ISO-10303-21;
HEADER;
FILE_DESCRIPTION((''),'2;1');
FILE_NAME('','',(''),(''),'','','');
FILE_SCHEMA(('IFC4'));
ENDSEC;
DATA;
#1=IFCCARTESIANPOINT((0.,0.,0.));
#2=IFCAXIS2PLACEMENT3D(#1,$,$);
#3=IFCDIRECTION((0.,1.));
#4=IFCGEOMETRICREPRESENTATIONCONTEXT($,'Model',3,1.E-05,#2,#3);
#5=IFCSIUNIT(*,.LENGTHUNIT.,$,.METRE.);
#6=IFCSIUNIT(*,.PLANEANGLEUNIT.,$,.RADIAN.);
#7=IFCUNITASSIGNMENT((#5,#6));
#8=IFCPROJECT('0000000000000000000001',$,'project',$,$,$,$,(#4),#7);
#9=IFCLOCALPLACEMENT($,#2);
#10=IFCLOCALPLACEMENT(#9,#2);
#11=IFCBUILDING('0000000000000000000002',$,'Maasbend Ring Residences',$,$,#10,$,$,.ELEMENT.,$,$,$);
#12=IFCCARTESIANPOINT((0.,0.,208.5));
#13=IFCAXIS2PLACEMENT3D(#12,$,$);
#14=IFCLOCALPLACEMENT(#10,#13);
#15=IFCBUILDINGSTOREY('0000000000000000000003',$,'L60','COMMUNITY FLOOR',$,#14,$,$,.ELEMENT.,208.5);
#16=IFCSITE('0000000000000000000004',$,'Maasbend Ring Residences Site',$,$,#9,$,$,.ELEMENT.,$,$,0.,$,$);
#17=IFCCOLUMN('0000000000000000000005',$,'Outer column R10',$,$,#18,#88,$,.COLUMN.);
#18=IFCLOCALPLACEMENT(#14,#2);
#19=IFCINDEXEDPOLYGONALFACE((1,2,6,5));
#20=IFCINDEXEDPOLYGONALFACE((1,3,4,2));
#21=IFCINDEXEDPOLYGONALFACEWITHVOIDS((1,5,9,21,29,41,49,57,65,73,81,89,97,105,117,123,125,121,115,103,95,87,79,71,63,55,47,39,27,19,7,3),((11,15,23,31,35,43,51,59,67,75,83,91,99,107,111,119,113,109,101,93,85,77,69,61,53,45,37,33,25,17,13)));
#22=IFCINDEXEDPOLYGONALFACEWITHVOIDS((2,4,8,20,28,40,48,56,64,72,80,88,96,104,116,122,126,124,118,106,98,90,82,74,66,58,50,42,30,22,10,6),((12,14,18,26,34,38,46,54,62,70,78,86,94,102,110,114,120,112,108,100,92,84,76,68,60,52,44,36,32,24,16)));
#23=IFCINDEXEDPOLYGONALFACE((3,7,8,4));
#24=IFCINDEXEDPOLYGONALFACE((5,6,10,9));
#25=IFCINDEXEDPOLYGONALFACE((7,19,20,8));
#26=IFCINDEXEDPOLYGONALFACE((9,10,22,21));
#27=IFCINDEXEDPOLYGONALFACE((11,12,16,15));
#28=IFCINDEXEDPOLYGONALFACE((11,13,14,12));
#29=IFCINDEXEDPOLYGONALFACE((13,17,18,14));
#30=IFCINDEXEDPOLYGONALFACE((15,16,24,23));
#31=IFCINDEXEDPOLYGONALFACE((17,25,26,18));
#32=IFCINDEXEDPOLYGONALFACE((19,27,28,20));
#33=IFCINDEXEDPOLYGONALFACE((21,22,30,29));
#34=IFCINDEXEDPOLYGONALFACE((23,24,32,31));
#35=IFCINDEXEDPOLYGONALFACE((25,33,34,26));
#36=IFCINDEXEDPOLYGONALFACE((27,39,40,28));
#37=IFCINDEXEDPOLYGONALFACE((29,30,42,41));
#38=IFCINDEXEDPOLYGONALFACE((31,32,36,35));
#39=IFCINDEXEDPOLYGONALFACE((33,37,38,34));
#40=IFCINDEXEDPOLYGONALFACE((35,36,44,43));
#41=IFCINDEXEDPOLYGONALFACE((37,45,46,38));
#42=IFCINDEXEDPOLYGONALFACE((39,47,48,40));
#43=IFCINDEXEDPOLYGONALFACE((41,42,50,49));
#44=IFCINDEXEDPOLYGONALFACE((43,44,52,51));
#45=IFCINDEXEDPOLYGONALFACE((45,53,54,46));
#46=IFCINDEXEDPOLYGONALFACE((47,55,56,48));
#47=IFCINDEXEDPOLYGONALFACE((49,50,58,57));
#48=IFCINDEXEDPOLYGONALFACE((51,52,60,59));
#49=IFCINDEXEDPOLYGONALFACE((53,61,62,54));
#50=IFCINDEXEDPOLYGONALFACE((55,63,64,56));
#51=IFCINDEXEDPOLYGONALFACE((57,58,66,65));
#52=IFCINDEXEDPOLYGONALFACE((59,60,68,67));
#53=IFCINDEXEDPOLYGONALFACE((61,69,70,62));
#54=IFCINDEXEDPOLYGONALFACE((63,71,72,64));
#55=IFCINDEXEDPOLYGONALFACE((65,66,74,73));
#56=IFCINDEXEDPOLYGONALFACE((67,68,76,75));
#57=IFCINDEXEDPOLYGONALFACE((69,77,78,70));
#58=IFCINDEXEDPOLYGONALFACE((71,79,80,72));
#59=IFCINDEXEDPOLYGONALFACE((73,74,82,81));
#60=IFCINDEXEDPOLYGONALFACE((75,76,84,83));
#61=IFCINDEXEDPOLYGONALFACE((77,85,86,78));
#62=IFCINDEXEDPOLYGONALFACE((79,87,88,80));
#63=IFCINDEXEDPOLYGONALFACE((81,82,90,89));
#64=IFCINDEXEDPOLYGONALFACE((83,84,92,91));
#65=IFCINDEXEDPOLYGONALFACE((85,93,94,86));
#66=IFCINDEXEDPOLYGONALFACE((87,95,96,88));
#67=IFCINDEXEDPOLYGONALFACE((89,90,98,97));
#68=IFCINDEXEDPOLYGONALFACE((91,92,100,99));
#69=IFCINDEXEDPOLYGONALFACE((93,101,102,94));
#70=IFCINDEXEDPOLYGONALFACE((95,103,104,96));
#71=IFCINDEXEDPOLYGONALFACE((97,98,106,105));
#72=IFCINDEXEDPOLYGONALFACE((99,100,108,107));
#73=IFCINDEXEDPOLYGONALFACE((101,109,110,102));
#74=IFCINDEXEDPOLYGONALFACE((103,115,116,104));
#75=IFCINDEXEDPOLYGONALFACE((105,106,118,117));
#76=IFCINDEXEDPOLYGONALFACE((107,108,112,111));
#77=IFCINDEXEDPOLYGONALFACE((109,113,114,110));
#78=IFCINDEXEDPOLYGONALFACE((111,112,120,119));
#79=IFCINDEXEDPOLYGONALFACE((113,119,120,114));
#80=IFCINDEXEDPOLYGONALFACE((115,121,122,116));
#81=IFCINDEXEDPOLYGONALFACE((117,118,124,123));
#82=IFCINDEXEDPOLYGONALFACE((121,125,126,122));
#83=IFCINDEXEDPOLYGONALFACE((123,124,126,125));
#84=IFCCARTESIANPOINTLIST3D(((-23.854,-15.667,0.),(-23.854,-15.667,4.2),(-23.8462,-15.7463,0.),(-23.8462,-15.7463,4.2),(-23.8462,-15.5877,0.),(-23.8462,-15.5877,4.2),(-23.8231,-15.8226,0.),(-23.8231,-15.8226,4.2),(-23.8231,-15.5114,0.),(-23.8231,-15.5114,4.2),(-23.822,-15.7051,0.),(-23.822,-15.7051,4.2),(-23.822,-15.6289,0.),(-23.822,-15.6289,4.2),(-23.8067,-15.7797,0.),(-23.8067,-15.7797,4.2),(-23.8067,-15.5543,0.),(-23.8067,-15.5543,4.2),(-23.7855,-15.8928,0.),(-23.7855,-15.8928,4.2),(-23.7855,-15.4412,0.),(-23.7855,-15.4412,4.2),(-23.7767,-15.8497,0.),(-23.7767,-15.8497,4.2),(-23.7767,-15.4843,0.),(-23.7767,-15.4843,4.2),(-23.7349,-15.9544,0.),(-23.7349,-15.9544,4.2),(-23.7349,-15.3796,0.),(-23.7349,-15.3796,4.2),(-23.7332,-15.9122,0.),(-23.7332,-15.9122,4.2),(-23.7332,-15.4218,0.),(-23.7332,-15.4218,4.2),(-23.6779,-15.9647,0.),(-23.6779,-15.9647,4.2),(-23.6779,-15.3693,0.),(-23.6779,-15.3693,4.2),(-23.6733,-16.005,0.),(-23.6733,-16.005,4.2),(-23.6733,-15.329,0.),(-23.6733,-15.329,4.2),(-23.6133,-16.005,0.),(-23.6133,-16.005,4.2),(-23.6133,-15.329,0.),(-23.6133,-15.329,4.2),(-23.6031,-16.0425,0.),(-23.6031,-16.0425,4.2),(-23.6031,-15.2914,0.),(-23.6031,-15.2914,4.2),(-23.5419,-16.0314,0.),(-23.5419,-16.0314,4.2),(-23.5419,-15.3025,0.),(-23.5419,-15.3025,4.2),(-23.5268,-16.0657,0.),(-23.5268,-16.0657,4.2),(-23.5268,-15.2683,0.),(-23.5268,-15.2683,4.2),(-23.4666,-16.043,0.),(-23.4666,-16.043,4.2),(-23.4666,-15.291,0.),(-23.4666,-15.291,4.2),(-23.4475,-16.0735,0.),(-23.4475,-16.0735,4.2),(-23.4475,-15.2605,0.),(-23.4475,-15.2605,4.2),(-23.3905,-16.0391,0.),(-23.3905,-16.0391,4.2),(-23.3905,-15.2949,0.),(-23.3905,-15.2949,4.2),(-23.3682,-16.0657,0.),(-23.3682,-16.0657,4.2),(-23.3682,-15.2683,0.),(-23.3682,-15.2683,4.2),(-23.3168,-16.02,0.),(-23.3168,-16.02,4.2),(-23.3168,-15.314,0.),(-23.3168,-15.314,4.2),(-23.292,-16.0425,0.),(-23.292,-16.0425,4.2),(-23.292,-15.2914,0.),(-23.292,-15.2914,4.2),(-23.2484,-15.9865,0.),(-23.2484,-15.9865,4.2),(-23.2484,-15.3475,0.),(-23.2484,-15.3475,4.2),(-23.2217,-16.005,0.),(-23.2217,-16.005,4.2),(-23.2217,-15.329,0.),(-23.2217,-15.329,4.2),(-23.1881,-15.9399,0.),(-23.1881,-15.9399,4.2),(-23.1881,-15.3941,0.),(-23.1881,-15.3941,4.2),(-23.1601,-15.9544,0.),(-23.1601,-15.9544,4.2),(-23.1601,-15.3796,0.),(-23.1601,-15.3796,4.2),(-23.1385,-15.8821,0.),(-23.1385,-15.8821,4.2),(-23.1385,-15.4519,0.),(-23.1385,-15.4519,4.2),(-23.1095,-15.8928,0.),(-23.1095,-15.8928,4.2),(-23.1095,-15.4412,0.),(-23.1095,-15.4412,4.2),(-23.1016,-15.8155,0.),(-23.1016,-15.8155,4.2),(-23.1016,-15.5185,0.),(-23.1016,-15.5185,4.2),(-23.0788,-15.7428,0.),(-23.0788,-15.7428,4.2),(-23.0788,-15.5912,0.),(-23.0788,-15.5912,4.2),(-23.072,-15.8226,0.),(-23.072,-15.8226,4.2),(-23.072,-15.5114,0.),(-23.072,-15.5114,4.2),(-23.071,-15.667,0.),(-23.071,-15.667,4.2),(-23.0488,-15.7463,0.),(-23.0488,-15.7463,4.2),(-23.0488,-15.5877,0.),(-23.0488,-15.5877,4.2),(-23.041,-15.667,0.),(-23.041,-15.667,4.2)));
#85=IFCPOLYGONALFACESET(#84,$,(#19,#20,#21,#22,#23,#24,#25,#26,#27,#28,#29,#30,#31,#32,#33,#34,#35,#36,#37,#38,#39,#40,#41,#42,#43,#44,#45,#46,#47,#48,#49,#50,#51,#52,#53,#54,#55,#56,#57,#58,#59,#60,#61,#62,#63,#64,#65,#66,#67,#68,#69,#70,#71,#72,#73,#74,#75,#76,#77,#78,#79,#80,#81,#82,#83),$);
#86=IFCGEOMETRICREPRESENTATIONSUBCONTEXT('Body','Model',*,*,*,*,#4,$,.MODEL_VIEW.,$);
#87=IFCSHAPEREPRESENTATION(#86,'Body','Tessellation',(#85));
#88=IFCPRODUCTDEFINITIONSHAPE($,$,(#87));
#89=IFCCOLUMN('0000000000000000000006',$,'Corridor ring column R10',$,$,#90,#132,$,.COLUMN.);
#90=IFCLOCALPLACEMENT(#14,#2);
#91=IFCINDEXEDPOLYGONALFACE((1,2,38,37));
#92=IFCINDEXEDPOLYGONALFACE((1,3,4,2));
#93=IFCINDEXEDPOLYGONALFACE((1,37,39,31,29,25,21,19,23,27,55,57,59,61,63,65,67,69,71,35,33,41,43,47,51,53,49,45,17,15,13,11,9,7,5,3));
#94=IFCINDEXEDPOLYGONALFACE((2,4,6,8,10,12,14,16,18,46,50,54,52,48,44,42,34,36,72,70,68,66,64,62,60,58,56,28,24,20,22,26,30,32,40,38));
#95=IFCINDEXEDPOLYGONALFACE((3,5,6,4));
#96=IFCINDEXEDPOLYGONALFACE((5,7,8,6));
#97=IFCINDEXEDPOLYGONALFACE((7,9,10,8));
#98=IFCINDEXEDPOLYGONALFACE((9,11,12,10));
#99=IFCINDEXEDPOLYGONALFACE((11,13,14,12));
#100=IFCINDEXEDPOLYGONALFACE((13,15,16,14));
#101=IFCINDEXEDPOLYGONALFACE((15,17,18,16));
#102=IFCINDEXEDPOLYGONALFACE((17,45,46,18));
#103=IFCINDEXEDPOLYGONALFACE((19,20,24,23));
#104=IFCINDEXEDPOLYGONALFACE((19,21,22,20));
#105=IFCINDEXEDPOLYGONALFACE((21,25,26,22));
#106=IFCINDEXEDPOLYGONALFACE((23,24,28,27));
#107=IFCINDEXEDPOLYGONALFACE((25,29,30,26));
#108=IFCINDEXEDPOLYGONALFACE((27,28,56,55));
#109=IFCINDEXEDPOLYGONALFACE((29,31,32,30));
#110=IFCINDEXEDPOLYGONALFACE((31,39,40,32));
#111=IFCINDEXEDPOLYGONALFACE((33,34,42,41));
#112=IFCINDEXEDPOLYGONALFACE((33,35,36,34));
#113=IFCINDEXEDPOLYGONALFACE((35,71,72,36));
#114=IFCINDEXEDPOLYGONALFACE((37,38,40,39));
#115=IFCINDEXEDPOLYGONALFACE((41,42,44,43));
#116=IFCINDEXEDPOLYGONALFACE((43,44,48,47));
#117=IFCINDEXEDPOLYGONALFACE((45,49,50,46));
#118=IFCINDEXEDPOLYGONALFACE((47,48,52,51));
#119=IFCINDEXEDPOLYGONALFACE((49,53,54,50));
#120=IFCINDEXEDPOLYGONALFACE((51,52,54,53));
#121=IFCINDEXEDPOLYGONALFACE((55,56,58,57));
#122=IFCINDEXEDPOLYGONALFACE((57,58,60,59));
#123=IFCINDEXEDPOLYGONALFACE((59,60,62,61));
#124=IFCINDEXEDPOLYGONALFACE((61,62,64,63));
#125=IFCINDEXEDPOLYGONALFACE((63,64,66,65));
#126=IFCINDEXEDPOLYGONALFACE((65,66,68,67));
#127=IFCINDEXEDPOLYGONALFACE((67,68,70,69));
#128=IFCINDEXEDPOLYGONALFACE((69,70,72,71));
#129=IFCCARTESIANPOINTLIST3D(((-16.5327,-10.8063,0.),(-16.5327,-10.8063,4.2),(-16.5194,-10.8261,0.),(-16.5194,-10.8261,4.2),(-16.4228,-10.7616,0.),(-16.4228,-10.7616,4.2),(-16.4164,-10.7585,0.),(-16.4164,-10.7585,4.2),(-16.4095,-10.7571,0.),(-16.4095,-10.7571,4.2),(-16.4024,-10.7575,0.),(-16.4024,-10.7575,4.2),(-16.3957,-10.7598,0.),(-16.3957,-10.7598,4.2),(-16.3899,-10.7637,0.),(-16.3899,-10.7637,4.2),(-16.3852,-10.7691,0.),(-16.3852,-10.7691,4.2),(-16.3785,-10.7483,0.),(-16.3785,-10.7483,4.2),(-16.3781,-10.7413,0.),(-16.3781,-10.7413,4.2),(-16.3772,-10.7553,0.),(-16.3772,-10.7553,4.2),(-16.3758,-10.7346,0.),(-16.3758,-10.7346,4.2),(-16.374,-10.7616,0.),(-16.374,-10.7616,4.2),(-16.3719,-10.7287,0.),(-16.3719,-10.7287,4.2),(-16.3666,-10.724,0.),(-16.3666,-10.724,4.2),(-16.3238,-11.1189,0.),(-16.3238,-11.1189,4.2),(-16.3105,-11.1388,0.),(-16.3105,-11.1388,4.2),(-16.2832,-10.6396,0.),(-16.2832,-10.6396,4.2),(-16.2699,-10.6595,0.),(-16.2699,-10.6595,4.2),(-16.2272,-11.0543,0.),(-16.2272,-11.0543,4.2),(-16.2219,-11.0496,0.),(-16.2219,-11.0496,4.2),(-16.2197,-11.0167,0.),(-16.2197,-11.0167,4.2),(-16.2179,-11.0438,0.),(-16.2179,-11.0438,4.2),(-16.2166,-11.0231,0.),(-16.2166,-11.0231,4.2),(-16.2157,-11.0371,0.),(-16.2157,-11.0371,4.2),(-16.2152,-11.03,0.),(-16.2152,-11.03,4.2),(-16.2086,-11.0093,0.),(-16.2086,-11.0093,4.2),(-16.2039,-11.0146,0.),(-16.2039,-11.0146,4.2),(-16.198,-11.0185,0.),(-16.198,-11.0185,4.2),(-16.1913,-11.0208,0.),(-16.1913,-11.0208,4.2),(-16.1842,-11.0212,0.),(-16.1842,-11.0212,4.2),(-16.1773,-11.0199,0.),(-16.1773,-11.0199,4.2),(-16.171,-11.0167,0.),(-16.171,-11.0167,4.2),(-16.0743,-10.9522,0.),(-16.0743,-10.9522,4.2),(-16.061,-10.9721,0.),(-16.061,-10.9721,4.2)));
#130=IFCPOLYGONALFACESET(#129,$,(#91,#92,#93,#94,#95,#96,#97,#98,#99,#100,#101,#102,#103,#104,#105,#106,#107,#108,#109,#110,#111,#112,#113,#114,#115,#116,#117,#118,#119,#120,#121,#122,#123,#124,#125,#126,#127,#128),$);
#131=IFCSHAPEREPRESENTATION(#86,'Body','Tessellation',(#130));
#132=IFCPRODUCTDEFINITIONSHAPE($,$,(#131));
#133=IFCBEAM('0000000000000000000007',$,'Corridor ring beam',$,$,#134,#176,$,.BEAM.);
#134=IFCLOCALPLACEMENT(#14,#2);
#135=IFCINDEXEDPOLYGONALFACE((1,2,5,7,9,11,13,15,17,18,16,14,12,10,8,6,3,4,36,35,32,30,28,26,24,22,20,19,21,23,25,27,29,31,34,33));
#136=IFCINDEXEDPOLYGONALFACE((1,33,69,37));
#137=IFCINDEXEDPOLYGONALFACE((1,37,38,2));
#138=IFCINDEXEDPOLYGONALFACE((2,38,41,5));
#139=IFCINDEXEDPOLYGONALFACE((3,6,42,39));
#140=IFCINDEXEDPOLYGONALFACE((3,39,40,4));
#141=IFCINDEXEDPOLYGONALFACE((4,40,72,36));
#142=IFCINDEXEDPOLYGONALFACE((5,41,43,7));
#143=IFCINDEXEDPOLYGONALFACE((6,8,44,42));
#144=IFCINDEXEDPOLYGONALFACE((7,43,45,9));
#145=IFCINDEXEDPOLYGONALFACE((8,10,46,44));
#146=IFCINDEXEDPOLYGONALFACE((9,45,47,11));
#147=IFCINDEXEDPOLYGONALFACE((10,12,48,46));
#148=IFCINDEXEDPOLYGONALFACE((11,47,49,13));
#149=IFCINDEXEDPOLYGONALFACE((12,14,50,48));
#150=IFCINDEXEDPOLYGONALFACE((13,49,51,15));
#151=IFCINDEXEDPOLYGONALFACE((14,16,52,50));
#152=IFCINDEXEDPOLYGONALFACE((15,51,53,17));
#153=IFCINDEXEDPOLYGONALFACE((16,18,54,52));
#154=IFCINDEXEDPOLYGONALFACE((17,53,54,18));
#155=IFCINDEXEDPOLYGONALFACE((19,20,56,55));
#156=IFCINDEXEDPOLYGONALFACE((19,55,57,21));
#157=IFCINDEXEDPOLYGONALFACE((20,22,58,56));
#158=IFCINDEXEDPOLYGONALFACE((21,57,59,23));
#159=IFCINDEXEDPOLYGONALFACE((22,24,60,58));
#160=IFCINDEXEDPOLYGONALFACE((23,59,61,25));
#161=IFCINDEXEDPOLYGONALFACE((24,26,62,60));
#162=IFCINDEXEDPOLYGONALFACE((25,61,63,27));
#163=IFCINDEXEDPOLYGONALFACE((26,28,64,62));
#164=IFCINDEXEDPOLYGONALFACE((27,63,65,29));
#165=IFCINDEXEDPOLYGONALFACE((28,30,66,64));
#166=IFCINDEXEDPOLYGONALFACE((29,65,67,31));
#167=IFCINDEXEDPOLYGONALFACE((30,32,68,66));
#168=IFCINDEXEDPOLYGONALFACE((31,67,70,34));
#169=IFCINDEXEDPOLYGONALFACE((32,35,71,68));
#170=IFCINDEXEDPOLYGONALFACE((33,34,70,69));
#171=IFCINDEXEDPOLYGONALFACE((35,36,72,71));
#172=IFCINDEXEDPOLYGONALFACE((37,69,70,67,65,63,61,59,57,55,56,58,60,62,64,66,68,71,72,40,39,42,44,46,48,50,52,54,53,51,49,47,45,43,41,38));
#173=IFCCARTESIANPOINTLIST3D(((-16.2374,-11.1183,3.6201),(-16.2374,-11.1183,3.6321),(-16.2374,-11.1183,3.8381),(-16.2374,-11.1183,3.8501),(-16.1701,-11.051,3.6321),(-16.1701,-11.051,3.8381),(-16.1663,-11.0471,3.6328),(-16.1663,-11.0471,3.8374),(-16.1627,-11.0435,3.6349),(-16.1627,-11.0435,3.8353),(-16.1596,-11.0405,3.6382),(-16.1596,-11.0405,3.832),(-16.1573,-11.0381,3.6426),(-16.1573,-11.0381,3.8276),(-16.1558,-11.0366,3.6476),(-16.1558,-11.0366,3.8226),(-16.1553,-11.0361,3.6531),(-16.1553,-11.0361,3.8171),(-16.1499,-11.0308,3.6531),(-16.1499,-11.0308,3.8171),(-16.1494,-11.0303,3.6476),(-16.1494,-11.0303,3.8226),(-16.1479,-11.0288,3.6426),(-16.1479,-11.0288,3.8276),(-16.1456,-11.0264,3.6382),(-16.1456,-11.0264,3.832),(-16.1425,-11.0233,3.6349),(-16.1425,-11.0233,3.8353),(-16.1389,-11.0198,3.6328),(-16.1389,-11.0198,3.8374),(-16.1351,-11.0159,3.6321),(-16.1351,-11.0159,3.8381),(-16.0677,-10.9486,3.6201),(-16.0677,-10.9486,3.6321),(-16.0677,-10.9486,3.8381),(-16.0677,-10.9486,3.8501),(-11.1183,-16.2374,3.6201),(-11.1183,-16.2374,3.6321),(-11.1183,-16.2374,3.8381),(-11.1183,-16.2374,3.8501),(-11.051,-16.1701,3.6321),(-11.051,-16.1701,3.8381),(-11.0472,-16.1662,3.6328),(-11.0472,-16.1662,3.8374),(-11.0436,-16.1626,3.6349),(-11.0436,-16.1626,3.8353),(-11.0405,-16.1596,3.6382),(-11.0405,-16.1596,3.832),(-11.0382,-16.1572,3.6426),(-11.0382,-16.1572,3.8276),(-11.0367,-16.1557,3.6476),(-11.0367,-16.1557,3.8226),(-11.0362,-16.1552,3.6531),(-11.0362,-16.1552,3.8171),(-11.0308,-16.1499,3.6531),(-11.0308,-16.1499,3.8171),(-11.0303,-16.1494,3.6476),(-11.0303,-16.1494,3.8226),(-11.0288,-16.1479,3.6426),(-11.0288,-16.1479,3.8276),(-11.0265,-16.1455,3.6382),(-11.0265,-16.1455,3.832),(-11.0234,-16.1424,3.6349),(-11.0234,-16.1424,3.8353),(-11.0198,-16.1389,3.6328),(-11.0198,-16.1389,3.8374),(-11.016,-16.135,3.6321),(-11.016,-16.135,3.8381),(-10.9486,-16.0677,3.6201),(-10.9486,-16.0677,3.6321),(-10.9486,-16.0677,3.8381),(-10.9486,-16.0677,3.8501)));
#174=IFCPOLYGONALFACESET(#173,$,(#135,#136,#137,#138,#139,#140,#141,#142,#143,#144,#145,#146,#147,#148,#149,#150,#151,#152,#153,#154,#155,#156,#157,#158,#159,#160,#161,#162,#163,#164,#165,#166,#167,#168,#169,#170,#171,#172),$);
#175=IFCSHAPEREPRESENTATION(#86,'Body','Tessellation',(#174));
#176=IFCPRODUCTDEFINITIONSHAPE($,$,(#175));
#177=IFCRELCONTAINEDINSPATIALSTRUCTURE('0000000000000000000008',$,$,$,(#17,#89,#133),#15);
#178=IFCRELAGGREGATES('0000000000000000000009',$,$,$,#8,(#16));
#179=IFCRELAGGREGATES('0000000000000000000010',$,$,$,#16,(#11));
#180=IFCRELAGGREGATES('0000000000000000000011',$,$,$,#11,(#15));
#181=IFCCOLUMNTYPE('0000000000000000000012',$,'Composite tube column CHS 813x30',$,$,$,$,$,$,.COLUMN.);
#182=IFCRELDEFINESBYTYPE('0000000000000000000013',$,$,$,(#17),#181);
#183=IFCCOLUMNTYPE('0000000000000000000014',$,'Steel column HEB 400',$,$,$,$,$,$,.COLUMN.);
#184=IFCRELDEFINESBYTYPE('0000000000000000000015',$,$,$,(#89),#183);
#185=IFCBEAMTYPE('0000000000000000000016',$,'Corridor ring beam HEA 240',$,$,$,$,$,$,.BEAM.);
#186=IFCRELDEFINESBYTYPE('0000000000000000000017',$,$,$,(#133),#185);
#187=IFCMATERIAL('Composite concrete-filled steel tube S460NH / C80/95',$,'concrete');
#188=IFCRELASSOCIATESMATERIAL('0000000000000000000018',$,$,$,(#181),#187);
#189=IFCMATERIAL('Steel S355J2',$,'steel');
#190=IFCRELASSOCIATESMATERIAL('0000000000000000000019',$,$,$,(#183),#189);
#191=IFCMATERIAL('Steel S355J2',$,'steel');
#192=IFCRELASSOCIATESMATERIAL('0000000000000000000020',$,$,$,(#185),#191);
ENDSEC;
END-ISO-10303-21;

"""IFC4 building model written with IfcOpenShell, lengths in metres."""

from ifc_helpers import new_model, si_unit, direction, frame, origin, origin_2d, place, context, subcontext, project, spatial, hollow_circle, i_section, extrude, material, material_profile, profile_set, type_object, element, save


model = new_model("IFC4")

# Units and contexts
model_context = context("Model", 3, precision=1e-05, world=origin(), true_north=direction((0.0, 1.0)))
body_context = subcontext(model_context, "Body", "Model", "MODEL_VIEW")
ifc_project = project(units=[si_unit("LENGTHUNIT", "METRE"), si_unit("PLANEANGLEUNIT", "RADIAN")], contexts=[model_context])

# Site, building, storey
site_placement = place(None, origin())
site = spatial("IfcSite", under=ifc_project, at=site_placement, Name="Maasbend Ring Residences Site", CompositionType="ELEMENT", RefElevation=0.0)
building_placement = place(site_placement, origin())
building = spatial("IfcBuilding", under=site, at=building_placement, Name="Maasbend Ring Residences", CompositionType="ELEMENT")
storey_placement = place(building_placement, frame((0.0, 0.0, 208.5)))
storey = spatial("IfcBuildingStorey", under=building, at=storey_placement, Name="L60", Description="COMMUNITY FLOOR", CompositionType="ELEMENT", Elevation=208.5)

# Columns
ifc_material_1 = material(Name="Composite concrete-filled steel tube S460NH / C80/95", Category="concrete")
ifc_material_profile_1 = material_profile(ifc_material_1, hollow_circle(Radius=0.4065, WallThickness=0.03, at=origin_2d()), Name="Composite tube column CHS 813x30")
ifc_profile_set_1 = profile_set([ifc_material_profile_1], Name="Composite concrete-filled steel tube S460NH / C80/95")
column_type_1 = type_object("IfcColumnType", Name="Composite tube column CHS 813x30", PredefinedType="COLUMN", material=ifc_profile_set_1)
column_1_placement = place(storey_placement, frame((-23.4475, -15.667, 0.0), z_axis=(0.0, 0.0, 1.0), x_axis=(1.0, 0.0, 0.0)))
element("IfcColumn", 1, at=column_1_placement, inside=storey, type_object=column_type_1, Name="Outer column R10", PredefinedType="COLUMN", context=body_context, shape_type="SweptSolid", body=[
    extrude(hollow_circle(Radius=0.4065, WallThickness=0.03, at=origin_2d()), origin(), (0.0, 0.0, 1.0), 4.2),
])
ifc_material_2 = material(Name="Steel S355J2", Category="steel")
ifc_material_profile_2 = material_profile(ifc_material_2, i_section(OverallWidth=0.3, OverallDepth=0.3999, WebThickness=0.0134, FlangeThickness=0.0239, FilletRadius=0.0271, at=origin_2d()), Name="HEB 400")
ifc_profile_set_2 = profile_set([ifc_material_profile_2], Name="Steel S355J2")
column_type_2 = type_object("IfcColumnType", Name="Steel column HEB 400", PredefinedType="COLUMN", material=ifc_profile_set_2)
column_2_placement = place(storey_placement, frame((-16.2969, -10.8892, 0.0), z_axis=(0.0, 0.0, 1.0), x_axis=(-0.83147, -0.55557, 0.0)))
element("IfcColumn", 2, at=column_2_placement, inside=storey, type_object=column_type_2, Name="Corridor ring column R10", PredefinedType="COLUMN", context=body_context, shape_type="SweptSolid", body=[
    extrude(i_section(OverallWidth=0.3, OverallDepth=0.3999, WebThickness=0.0134, FlangeThickness=0.0239, FilletRadius=0.0271, at=origin_2d()), origin(), (0.0, 0.0, 1.0), 4.2),
])

# Beam
ifc_material_3 = material(Name="Steel S355J2", Category="steel")
ifc_material_profile_3 = material_profile(ifc_material_3, i_section(OverallWidth=0.24, OverallDepth=0.23, WebThickness=0.0076, FlangeThickness=0.012, FilletRadius=0.021, at=origin_2d()), Name="HEA 240")
ifc_profile_set_3 = profile_set([ifc_material_profile_3], Name="Steel S355J2")
beam_type_1 = type_object("IfcBeamType", Name="Corridor ring beam HEA 240", PredefinedType="BEAM", material=ifc_profile_set_3)
beam_1_placement = place(storey_placement, frame((-16.1526, -11.0334, 3.7351), z_axis=(0.707107, -0.707107, 0.0), x_axis=(0.707107, 0.707107, 0.0)))
element("IfcBeam", 3, at=beam_1_placement, inside=storey, type_object=beam_type_1, Name="Corridor ring beam", PredefinedType="BEAM", context=body_context, shape_type="SweptSolid", body=[
    extrude(i_section(OverallWidth=0.24, OverallDepth=0.23, WebThickness=0.0076, FlangeThickness=0.012, FilletRadius=0.021, at=origin_2d()), origin(), (0.0, 0.0, 1.0), 7.2395),
])

save(model, "model.ifc")
